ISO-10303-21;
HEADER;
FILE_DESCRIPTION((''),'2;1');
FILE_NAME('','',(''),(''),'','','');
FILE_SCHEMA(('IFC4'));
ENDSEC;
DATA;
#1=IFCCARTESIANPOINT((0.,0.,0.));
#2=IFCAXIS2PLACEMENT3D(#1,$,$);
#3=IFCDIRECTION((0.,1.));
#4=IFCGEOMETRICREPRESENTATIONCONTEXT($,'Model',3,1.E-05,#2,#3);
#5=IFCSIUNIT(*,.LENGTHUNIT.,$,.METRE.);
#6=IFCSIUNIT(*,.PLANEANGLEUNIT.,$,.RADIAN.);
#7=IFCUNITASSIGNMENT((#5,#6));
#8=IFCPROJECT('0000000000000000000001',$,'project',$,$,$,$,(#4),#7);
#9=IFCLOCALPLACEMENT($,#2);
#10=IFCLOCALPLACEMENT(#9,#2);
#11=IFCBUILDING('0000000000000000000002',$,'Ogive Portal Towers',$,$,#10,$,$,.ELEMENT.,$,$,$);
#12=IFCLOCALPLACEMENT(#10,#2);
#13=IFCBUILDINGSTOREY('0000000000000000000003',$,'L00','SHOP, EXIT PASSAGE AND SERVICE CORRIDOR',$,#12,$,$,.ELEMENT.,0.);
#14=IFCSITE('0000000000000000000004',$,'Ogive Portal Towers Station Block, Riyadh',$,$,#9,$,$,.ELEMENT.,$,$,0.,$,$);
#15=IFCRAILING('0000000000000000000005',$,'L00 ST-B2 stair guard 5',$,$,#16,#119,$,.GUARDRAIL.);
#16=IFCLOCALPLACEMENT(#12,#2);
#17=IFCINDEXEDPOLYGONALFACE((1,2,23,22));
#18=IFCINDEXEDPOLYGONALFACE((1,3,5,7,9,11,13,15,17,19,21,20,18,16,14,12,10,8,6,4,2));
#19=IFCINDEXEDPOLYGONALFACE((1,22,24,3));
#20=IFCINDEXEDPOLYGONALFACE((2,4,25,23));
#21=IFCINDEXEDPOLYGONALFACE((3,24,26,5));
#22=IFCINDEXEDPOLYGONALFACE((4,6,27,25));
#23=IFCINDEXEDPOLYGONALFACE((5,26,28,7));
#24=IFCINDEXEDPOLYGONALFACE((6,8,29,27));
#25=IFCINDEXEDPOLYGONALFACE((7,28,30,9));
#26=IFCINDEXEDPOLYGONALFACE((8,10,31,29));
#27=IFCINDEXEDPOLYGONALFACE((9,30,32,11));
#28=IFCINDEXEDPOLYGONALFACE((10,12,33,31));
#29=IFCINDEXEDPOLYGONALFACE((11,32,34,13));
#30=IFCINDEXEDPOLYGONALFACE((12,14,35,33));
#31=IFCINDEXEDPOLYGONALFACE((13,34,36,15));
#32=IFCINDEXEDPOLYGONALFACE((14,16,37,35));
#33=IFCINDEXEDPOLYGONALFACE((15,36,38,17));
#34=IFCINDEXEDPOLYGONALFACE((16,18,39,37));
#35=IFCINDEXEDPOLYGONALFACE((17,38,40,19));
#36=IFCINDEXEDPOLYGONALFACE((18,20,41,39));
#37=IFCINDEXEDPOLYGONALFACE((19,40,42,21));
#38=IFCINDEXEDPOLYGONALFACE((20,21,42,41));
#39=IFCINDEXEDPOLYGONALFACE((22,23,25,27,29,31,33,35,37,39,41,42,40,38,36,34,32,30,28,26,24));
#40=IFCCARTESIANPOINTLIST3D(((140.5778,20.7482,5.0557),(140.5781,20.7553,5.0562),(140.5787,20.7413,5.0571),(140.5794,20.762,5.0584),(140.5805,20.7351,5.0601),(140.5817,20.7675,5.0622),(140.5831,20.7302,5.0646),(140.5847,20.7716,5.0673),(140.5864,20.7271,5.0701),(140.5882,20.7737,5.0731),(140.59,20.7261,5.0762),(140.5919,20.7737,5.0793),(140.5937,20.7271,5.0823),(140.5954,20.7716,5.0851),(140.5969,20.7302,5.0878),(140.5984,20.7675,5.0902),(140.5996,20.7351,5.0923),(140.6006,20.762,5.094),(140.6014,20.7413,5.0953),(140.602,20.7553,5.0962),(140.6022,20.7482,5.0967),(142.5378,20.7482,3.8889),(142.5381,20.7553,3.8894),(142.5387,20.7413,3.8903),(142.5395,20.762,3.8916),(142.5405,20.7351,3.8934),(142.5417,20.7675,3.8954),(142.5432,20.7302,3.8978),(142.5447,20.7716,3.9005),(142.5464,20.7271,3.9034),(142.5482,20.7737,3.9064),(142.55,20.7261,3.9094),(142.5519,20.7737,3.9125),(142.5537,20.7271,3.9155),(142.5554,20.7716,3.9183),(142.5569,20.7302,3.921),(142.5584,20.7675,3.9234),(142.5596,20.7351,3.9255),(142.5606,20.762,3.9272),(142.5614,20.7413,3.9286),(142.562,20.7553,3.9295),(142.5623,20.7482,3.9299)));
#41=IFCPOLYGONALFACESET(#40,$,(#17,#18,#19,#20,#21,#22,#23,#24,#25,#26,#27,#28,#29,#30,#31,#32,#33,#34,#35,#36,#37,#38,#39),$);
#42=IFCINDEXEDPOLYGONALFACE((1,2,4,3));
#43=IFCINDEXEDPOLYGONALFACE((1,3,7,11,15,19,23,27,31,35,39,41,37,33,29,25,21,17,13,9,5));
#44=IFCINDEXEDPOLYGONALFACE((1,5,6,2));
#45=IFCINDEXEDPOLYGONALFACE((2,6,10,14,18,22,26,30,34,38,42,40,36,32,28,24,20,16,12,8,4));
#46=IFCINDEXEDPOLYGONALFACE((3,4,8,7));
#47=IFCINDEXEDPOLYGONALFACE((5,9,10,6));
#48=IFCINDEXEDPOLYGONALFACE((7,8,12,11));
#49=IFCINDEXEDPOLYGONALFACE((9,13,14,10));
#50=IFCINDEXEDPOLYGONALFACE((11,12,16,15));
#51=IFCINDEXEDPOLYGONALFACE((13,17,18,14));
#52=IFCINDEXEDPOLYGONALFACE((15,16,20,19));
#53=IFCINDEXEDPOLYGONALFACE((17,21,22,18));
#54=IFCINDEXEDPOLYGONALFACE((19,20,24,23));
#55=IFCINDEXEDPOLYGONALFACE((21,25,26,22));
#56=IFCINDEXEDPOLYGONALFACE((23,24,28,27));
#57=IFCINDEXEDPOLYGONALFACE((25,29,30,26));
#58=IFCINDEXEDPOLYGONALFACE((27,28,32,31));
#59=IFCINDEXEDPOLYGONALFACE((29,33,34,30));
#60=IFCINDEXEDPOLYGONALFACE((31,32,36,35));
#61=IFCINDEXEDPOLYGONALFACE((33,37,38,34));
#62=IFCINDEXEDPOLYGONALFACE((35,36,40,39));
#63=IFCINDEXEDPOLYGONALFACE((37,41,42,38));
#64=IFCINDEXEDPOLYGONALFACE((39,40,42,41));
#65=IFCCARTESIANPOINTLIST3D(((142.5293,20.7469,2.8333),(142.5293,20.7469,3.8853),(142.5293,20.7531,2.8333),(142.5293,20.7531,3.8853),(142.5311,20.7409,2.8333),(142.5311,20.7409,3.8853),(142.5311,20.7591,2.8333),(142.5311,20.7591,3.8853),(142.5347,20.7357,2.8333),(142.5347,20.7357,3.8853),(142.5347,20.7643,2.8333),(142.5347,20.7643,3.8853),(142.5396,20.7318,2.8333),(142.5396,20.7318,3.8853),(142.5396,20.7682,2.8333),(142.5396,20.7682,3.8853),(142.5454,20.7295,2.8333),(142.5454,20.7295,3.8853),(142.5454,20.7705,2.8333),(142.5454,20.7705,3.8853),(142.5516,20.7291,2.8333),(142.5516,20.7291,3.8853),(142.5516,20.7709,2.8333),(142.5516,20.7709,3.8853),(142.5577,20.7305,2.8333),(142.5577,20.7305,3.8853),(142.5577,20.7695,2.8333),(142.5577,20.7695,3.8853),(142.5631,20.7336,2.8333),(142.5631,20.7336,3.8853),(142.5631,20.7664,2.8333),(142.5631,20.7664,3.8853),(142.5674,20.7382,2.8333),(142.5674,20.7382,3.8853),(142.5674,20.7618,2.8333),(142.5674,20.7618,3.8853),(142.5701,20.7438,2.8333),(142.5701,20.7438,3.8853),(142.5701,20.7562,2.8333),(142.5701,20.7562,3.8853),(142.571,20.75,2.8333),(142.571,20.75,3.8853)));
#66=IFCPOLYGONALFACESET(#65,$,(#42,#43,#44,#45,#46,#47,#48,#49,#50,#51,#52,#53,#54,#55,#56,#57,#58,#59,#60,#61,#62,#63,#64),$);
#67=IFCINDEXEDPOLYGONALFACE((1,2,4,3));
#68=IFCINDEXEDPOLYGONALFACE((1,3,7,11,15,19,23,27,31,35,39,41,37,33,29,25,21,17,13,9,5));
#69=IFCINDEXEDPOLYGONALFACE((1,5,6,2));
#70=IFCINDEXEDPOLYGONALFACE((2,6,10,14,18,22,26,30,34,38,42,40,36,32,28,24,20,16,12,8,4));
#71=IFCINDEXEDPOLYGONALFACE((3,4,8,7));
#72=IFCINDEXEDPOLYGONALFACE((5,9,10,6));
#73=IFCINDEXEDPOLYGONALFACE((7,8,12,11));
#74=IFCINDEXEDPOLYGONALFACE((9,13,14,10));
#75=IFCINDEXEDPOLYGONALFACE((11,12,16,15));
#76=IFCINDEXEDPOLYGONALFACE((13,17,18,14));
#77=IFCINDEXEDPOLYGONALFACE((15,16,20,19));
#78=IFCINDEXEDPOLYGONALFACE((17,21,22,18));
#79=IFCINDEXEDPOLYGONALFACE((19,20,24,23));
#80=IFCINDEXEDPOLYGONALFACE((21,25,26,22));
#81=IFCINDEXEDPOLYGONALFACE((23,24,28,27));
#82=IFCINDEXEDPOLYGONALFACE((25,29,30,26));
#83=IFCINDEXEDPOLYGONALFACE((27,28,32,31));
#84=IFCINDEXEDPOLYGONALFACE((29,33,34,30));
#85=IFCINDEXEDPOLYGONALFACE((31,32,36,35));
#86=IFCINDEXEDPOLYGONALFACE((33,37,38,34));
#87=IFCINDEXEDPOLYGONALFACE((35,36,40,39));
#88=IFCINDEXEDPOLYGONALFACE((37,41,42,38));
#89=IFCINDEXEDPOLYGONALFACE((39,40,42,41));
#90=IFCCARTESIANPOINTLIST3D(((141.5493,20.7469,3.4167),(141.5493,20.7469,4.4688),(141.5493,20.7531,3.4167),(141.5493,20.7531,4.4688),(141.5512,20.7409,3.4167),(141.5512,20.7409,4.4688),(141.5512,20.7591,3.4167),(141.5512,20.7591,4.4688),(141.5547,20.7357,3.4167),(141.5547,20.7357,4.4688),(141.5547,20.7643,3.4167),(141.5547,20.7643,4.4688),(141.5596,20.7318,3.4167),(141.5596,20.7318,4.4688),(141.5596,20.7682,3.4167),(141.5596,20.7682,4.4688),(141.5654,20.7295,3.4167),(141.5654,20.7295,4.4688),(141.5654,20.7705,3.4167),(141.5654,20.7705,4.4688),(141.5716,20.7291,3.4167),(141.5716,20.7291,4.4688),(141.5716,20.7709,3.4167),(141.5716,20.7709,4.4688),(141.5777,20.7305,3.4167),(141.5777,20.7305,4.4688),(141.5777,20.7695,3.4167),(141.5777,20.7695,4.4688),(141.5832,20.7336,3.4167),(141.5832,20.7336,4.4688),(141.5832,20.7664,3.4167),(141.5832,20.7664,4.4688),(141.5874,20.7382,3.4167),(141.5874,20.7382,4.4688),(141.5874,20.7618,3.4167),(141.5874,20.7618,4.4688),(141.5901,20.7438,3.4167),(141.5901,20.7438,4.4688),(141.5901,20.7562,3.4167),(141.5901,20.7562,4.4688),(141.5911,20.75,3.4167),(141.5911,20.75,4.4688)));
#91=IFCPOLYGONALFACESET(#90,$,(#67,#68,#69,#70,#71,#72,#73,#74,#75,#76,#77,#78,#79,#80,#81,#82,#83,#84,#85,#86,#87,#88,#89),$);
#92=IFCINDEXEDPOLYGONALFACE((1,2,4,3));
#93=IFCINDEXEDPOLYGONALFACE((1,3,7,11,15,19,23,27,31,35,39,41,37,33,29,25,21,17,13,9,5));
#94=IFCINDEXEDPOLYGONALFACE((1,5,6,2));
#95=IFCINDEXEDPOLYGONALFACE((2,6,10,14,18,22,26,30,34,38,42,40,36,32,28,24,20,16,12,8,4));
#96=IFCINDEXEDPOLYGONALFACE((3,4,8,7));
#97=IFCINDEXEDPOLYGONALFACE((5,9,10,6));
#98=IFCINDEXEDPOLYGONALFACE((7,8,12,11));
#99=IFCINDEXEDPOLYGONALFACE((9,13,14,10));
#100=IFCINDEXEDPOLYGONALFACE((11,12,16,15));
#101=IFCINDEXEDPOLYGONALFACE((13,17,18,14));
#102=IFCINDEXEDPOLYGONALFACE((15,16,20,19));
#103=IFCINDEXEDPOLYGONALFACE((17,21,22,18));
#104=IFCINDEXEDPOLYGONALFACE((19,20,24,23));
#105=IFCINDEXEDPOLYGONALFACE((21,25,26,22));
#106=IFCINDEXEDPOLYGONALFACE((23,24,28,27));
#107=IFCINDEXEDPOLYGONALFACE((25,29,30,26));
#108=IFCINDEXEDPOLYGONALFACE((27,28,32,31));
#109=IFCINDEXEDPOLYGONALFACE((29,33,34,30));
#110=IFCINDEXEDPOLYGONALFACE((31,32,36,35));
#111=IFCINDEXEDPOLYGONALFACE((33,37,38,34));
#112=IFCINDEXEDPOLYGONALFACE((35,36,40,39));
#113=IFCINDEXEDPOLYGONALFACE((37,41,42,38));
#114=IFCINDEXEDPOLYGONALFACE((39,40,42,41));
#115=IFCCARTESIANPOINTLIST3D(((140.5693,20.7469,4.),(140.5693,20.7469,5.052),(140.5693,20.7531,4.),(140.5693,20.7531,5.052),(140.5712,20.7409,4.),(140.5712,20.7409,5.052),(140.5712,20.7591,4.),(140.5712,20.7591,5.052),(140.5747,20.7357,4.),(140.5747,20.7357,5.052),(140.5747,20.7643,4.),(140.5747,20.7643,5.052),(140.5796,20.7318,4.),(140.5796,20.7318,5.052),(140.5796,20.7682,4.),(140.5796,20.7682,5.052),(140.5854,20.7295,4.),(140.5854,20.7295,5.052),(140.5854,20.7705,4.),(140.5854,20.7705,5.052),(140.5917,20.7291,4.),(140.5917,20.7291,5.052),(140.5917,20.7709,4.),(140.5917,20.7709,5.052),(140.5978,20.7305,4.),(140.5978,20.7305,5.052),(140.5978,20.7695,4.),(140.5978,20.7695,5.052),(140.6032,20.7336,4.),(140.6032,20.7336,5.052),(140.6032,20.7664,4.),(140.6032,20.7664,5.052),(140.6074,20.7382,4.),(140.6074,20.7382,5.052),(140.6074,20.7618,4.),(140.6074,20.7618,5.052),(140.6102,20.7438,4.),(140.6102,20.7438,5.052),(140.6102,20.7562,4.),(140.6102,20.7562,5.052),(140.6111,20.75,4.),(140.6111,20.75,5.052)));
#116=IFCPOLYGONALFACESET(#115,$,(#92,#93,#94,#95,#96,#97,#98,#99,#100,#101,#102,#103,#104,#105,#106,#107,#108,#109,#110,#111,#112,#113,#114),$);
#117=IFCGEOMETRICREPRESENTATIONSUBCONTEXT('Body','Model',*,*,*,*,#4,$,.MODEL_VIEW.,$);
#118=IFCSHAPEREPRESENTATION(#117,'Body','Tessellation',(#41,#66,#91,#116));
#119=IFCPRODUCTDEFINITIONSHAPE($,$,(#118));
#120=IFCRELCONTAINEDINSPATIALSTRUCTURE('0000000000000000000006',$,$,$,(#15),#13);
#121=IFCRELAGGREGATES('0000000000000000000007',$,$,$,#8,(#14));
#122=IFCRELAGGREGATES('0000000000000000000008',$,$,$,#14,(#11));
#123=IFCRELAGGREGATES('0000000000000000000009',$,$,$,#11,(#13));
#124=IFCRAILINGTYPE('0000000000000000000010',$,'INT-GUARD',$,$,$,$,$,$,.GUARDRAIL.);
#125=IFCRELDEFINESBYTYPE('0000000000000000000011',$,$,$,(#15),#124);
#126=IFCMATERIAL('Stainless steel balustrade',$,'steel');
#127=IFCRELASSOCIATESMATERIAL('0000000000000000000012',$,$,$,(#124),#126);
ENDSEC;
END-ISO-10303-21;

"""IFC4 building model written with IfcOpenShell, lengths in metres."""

from ifc_helpers import new_model, si_unit, direction, frame, origin, origin_2d, place, context, subcontext, project, spatial, circle, extrude, material, type_object, element, save


model = new_model("IFC4")

# Units and contexts
model_context = context("Model", 3, precision=1e-05, world=origin(), true_north=direction((0.0, 1.0)))
body_context = subcontext(model_context, "Body", "Model", "MODEL_VIEW")
ifc_project = project(units=[si_unit("LENGTHUNIT", "METRE"), si_unit("PLANEANGLEUNIT", "RADIAN")], contexts=[model_context])

# Site, building, storey
site_placement = place(None, origin())
site = spatial("IfcSite", under=ifc_project, at=site_placement, Name="Ogive Portal Towers Station Block, Riyadh", CompositionType="ELEMENT", RefElevation=0.0)
building_placement = place(site_placement, origin())
building = spatial("IfcBuilding", under=site, at=building_placement, Name="Ogive Portal Towers", CompositionType="ELEMENT")
storey_placement = place(building_placement, origin())
storey = spatial("IfcBuildingStorey", under=building, at=storey_placement, Name="L00", Description="SHOP, EXIT PASSAGE AND SERVICE CORRIDOR", CompositionType="ELEMENT", Elevation=0.0)

# Railing
ifc_material_1 = material(Name="Stainless steel balustrade", Category="steel")
railing_type_1 = type_object("IfcRailingType", Name="INT-GUARD", PredefinedType="GUARDRAIL", material=ifc_material_1)
railing_1_placement = place(storey_placement, frame((142.55, 20.75, 2.8333)))
element("IfcRailing", 1, at=railing_1_placement, inside=storey, type_object=railing_type_1, Name="L00 ST-B2 stair guard 5", PredefinedType="GUARDRAIL", context=body_context, shape_type="SweptSolid", body=[
    extrude(circle(Radius=0.0239, at=origin_2d()), frame((0.0, 0.0, 1.0762), z_axis=(-0.859273, 0.0, 0.511518), x_axis=(0.0, -1.0, 0.0)), (0.0, 0.0, 1.0), 2.281),
    extrude(circle(Radius=0.021, at=origin_2d()), origin(), (0.0, 0.0, 1.0), 1.052),
    extrude(circle(Radius=0.021, at=origin_2d()), frame((-0.98, 0.0, 0.5835)), (0.0, 0.0, 1.0), 1.052),
    extrude(circle(Radius=0.021, at=origin_2d()), frame((-1.96, 0.0, 1.1667)), (0.0, 0.0, 1.0), 1.052),
])

save(model, "model.ifc")
